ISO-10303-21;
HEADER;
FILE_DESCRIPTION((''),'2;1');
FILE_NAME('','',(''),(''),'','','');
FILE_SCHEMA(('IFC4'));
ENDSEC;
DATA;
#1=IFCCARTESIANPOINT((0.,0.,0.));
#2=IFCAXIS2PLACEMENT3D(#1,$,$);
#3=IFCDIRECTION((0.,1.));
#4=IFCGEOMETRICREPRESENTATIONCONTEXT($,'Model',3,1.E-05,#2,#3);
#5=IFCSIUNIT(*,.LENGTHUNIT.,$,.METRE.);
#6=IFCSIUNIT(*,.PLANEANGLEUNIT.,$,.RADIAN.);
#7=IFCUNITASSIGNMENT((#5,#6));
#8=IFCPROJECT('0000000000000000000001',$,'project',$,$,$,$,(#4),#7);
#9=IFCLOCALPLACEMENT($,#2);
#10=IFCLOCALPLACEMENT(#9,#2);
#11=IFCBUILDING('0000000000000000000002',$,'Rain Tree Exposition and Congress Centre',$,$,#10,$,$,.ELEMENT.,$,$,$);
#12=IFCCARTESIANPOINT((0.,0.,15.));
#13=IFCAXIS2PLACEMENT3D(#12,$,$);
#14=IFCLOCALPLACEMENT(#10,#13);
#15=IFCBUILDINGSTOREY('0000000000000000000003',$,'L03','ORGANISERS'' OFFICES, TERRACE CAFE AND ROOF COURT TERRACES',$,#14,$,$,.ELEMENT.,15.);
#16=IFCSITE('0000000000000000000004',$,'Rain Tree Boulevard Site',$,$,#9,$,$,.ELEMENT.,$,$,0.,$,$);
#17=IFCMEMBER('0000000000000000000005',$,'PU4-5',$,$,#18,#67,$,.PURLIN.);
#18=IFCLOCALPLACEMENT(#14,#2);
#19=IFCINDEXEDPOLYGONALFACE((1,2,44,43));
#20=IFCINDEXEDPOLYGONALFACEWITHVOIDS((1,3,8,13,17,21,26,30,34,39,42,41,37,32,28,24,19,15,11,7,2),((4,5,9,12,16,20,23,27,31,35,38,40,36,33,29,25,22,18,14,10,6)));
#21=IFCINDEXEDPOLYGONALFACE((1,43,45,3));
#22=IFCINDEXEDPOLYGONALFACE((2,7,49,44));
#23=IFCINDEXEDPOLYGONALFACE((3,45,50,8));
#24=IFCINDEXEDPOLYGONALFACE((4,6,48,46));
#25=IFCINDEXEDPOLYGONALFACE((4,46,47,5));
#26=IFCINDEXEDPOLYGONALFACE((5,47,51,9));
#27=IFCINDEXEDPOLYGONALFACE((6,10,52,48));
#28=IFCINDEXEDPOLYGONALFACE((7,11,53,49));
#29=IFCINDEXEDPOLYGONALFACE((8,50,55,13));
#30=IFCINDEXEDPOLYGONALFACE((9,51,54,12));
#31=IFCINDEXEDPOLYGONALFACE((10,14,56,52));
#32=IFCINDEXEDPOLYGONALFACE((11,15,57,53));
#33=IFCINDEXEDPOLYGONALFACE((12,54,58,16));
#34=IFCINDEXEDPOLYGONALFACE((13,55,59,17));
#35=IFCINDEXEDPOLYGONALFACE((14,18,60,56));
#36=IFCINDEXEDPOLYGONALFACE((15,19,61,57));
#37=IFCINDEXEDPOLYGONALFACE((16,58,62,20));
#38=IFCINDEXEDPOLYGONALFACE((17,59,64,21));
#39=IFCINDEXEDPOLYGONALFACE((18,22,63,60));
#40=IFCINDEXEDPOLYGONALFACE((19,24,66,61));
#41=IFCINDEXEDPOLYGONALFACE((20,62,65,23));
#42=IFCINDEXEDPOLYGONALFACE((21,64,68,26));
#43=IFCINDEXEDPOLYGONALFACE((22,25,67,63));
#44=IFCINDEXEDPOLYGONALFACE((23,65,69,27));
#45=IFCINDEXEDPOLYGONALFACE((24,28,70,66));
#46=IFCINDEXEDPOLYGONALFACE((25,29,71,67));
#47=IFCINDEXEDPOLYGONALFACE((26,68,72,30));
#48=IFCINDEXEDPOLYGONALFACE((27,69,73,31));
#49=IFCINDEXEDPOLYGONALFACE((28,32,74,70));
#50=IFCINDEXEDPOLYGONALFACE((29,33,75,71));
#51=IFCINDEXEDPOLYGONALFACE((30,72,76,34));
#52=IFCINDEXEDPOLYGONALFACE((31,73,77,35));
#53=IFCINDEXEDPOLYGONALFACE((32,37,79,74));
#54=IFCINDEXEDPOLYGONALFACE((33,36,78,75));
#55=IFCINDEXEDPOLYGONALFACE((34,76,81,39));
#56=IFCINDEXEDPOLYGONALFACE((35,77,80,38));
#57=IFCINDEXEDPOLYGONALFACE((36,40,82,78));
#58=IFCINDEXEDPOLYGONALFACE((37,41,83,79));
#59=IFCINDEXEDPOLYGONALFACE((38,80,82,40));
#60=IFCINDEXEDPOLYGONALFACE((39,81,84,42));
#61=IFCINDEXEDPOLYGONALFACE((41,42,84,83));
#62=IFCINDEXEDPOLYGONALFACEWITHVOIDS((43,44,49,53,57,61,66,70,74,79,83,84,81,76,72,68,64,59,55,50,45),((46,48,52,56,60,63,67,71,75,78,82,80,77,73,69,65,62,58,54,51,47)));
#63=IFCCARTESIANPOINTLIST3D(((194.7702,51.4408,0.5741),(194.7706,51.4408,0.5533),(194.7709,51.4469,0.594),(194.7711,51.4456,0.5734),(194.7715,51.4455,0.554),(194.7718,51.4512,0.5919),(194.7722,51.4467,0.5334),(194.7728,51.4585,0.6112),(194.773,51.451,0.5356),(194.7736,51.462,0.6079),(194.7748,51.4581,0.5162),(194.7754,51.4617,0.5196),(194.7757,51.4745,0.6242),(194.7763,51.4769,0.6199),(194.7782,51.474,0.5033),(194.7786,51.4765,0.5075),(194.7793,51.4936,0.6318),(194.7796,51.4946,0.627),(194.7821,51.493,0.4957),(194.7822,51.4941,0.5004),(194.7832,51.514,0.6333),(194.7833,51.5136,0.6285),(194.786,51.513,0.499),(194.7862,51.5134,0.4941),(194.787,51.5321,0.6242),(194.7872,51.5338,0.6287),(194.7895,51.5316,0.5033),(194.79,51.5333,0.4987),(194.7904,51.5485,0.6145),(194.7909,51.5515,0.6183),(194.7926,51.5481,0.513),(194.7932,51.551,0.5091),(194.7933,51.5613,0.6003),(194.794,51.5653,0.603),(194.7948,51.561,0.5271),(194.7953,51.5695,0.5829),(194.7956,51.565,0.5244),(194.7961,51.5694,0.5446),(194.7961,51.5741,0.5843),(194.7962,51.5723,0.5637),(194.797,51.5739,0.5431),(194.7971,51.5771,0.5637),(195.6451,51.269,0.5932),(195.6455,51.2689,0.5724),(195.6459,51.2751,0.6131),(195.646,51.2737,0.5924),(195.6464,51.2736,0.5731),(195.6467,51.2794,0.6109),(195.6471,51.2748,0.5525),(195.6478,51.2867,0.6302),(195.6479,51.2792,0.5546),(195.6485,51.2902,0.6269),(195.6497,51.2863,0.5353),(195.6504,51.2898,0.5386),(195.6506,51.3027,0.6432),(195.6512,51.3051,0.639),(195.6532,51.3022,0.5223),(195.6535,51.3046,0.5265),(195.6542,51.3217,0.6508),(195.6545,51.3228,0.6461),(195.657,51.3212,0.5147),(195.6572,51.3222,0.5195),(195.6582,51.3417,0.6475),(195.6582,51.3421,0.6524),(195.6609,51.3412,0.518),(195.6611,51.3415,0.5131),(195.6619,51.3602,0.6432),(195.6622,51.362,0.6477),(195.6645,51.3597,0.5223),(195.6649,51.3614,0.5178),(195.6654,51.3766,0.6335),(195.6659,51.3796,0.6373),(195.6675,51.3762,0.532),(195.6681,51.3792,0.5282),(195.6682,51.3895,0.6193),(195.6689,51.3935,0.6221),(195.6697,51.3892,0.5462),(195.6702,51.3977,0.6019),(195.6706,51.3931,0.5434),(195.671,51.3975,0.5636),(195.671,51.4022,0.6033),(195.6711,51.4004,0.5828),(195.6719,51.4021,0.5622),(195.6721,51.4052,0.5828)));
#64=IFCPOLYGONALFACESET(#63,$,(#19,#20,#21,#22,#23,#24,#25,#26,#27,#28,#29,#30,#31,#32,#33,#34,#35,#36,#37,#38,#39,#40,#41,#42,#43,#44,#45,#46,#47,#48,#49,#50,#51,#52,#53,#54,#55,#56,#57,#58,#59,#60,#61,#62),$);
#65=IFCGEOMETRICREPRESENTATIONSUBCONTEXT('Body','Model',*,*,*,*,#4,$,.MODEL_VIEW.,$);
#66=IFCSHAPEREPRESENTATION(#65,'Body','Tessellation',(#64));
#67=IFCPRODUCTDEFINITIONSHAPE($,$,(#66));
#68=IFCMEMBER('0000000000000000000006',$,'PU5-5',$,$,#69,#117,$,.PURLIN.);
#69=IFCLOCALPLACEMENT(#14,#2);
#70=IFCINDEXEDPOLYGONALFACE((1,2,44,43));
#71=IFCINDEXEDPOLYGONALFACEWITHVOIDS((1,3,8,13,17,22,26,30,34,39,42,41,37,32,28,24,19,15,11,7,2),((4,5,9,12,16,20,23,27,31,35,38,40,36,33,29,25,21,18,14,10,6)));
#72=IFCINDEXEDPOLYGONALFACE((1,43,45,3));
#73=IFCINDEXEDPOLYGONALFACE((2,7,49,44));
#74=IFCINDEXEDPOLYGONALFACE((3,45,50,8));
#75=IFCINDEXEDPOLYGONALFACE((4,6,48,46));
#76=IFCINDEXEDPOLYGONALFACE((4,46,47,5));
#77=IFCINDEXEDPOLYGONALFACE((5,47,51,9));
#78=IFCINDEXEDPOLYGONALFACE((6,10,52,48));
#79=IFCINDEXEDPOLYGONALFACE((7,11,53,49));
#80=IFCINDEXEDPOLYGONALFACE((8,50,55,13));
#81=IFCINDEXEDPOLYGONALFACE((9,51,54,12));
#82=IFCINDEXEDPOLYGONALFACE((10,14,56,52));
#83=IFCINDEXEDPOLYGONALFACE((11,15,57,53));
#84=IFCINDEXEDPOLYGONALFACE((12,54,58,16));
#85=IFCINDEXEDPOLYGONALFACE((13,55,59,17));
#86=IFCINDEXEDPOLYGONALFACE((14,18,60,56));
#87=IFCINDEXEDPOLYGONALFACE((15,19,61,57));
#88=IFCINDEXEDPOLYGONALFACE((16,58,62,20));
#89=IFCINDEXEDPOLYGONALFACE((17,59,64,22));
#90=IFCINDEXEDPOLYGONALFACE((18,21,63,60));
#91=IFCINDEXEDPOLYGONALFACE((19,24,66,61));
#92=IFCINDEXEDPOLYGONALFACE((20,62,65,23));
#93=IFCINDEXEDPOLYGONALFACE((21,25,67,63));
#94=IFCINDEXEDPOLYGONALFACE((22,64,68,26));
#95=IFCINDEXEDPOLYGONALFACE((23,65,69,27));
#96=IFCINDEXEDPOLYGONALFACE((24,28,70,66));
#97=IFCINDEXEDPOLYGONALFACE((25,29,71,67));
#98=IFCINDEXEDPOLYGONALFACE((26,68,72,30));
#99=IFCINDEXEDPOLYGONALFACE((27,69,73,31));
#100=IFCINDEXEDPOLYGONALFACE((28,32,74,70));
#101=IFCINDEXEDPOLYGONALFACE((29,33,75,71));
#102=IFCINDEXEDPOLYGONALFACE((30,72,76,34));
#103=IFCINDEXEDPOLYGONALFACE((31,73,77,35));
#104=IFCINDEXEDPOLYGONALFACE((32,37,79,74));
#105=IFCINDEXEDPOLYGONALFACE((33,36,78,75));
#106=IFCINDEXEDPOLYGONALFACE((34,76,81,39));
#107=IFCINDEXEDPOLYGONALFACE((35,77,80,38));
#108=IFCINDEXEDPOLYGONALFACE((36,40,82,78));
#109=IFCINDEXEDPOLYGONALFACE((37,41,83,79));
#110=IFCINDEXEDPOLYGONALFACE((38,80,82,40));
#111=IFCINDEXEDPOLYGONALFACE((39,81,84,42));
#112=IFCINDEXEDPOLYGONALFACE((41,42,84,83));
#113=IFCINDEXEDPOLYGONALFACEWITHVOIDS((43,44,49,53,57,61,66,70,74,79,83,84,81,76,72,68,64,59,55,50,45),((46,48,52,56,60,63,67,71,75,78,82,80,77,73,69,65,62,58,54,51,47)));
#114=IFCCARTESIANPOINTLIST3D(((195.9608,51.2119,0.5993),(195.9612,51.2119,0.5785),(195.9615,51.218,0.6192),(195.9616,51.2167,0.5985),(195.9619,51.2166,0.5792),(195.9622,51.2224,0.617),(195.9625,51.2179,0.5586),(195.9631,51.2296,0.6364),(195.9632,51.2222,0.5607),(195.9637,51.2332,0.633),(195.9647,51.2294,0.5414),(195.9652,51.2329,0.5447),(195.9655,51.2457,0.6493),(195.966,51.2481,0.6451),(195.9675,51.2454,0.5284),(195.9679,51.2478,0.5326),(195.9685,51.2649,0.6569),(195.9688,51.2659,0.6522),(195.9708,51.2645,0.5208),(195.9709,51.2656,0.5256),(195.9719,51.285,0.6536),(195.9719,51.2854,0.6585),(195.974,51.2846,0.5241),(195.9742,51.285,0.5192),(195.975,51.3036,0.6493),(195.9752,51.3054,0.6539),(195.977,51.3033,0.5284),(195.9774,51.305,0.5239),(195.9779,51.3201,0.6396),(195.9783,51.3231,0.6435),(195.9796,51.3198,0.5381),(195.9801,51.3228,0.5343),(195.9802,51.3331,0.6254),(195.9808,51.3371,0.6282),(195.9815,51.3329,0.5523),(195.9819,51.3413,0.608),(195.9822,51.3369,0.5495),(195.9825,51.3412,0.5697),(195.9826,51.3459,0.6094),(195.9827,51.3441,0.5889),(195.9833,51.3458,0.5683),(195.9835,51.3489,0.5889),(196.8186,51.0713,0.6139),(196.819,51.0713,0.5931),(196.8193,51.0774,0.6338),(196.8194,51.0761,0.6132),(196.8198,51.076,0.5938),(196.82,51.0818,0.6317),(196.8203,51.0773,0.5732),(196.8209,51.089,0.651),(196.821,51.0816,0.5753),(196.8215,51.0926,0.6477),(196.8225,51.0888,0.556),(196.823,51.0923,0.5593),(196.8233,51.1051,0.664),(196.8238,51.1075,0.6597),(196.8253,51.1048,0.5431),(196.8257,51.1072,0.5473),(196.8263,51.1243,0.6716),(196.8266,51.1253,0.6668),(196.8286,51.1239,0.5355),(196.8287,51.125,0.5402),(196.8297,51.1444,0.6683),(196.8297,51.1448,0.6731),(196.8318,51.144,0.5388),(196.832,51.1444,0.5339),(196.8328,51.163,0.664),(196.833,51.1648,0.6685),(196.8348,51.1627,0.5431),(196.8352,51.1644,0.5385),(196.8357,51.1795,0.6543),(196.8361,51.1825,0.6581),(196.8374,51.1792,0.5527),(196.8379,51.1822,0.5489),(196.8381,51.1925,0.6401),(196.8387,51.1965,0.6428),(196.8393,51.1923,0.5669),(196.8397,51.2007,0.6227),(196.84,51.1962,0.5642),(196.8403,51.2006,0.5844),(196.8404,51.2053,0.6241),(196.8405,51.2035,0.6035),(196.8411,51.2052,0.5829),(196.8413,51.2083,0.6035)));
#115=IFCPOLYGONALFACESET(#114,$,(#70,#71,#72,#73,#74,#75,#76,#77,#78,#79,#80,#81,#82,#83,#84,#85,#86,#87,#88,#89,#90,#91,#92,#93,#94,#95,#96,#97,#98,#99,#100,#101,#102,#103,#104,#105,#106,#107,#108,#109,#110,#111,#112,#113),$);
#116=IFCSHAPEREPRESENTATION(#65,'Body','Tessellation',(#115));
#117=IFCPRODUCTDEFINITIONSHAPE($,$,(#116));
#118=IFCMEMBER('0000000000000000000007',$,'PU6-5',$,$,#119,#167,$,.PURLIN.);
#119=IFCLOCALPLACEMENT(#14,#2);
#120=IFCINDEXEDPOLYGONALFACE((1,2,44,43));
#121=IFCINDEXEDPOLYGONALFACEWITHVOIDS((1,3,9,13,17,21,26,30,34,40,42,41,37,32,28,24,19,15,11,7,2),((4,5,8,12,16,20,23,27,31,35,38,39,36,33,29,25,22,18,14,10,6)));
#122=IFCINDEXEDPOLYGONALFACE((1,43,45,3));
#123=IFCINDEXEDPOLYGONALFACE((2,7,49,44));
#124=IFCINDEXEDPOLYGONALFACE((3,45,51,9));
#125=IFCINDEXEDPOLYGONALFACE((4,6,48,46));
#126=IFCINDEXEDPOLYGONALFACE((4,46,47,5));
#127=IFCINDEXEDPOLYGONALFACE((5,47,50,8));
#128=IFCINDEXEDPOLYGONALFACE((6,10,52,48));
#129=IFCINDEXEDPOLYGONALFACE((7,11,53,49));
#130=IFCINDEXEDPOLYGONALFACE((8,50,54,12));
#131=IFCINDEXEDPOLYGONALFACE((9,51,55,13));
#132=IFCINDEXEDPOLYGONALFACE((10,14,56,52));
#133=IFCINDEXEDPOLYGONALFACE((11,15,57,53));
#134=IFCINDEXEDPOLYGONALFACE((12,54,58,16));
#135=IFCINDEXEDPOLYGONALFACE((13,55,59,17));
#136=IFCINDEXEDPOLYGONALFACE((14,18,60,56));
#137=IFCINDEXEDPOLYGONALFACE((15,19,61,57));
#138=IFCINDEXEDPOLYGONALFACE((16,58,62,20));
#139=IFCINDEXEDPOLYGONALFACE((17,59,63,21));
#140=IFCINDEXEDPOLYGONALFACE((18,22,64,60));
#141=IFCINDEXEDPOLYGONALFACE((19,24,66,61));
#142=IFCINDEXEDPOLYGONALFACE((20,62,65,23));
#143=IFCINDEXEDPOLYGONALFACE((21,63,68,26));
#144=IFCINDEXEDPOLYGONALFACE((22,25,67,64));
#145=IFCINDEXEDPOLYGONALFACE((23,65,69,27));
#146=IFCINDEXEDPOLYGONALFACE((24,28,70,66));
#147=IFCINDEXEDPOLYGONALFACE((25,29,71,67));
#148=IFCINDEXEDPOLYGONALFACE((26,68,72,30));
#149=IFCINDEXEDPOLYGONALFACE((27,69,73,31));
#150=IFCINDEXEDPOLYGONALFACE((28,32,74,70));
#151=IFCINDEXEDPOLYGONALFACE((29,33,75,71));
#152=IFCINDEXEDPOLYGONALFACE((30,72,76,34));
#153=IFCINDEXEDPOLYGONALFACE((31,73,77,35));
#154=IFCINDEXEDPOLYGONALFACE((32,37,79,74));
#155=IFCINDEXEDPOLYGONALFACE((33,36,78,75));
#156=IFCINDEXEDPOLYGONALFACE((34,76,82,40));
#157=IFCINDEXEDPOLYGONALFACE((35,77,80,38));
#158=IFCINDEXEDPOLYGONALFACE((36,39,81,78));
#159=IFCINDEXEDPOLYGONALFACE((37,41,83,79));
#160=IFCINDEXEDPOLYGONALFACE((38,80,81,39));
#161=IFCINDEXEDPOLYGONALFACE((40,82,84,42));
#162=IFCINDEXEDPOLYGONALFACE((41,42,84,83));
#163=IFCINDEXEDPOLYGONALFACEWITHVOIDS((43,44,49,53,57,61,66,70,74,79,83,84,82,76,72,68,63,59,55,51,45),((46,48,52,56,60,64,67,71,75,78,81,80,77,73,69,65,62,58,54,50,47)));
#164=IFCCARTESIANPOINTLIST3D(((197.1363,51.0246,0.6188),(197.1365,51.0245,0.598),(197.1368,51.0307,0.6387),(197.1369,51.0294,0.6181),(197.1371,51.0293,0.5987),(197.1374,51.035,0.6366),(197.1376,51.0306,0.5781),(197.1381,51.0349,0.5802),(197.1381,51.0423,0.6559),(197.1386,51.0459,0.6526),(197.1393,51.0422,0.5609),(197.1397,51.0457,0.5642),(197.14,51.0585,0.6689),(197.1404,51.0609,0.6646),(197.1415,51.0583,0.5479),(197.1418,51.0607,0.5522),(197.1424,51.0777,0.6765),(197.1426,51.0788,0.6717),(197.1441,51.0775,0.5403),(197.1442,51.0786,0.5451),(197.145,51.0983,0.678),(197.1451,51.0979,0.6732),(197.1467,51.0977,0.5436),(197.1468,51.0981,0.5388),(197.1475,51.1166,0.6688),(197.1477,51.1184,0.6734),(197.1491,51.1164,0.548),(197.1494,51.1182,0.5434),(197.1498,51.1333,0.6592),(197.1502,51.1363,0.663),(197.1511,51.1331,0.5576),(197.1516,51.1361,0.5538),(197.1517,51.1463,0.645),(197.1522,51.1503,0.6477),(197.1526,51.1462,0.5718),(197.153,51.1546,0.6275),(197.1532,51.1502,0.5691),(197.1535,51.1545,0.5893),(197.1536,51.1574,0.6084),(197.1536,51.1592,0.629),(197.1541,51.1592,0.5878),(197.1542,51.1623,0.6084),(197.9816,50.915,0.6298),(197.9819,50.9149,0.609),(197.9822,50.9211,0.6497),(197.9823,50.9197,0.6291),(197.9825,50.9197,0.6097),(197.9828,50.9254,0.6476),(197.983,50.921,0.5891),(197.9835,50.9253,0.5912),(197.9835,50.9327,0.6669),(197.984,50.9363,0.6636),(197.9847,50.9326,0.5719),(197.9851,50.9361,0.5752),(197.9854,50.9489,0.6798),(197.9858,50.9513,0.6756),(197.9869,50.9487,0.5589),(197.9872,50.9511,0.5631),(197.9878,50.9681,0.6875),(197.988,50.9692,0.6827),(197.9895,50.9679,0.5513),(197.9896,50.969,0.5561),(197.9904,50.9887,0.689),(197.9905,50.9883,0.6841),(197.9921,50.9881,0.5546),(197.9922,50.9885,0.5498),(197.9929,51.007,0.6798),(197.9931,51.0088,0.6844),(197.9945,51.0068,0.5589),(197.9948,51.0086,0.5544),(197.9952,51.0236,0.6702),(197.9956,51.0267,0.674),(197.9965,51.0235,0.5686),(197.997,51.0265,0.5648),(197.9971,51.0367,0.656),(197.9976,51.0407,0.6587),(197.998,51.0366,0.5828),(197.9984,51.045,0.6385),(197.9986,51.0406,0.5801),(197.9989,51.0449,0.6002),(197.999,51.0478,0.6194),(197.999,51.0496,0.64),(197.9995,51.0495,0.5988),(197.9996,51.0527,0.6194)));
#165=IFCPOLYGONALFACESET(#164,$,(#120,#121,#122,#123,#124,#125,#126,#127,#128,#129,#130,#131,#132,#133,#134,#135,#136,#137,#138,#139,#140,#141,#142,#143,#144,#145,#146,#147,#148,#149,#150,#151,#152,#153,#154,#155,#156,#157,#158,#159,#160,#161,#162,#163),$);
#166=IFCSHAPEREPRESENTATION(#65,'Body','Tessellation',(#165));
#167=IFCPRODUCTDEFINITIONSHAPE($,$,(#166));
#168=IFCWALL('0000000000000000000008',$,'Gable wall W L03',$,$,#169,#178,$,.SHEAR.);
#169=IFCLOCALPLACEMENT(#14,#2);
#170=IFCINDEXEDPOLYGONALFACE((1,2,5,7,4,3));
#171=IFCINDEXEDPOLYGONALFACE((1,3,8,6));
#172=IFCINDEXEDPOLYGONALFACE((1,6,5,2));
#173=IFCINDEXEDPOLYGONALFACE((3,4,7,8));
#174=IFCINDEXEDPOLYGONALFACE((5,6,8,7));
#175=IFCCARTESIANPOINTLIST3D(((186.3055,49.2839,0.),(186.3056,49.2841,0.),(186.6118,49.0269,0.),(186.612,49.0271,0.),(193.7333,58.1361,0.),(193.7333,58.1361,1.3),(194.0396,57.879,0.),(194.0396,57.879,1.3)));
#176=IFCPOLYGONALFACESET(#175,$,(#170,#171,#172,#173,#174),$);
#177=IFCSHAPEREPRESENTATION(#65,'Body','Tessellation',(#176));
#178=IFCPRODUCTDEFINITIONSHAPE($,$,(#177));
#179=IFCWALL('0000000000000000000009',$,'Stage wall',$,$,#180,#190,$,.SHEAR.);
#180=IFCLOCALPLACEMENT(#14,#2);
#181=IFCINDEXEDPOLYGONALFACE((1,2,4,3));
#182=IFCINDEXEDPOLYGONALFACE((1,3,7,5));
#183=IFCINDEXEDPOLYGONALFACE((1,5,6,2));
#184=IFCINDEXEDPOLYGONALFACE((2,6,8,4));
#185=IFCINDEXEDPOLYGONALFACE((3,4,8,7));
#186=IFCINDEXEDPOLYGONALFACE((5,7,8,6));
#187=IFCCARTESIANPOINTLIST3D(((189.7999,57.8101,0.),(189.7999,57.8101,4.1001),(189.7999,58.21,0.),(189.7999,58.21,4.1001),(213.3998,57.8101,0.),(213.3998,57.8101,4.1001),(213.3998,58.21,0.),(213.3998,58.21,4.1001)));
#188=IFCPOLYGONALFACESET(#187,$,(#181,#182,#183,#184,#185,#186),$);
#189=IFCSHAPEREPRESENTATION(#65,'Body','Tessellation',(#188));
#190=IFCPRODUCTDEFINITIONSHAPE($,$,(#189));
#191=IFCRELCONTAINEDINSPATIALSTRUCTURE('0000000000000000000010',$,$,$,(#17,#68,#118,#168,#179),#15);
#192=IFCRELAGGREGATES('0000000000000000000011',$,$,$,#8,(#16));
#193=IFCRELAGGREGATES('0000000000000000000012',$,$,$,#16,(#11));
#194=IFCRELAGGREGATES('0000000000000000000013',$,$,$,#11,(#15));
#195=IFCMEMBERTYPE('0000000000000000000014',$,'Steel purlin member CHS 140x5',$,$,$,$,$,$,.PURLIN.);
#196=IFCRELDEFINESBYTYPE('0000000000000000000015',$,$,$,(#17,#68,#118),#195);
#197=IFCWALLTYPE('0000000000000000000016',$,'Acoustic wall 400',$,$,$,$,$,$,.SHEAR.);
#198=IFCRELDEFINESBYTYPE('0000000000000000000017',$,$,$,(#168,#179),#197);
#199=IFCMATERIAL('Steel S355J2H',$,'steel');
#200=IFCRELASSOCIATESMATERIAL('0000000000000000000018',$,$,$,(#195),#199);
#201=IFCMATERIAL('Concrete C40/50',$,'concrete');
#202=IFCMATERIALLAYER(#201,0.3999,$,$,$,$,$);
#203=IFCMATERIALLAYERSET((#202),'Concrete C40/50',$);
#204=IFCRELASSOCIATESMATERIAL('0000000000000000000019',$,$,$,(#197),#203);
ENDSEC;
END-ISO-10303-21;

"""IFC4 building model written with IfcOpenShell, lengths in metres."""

from ifc_helpers import new_model, si_unit, direction, frame, frame_2d, origin, origin_2d, place, context, subcontext, project, spatial, polyline, rectangle, hollow_circle, outline, extrude, material, layer, layer_set, material_profile, profile_set, type_object, element, save


model = new_model("IFC4")

# Units and contexts
model_context = context("Model", 3, precision=1e-05, world=origin(), true_north=direction((0.0, 1.0)))
body_context = subcontext(model_context, "Body", "Model", "MODEL_VIEW")
ifc_project = project(units=[si_unit("LENGTHUNIT", "METRE"), si_unit("PLANEANGLEUNIT", "RADIAN")], contexts=[model_context])

# Site, building, storey
site_placement = place(None, origin())
site = spatial("IfcSite", under=ifc_project, at=site_placement, Name="Rain Tree Boulevard Site", CompositionType="ELEMENT", RefElevation=0.0)
building_placement = place(site_placement, origin())
building = spatial("IfcBuilding", under=site, at=building_placement, Name="Rain Tree Exposition and Congress Centre", CompositionType="ELEMENT")
storey_placement = place(building_placement, frame((0.0, 0.0, 15.0)))
storey = spatial("IfcBuildingStorey", under=building, at=storey_placement, Name="L03", Description="ORGANISERS' OFFICES, TERRACE CAFE AND ROOF COURT TERRACES", CompositionType="ELEMENT", Elevation=15.0)

# Members
ifc_material_1 = material(Name="Steel S355J2H", Category="steel")
ifc_material_profile_1 = material_profile(ifc_material_1, hollow_circle(Radius=0.0698, WallThickness=0.0049, at=origin_2d()), Name="CHS 140x5")
ifc_profile_set_1 = profile_set([ifc_material_profile_1], Name="Steel S355J2H")
member_type_1 = type_object("IfcMemberType", Name="Steel purlin member CHS 140x5", PredefinedType="PURLIN", material=ifc_profile_set_1)
member_1_placement = place(storey_placement, frame((194.7837, 51.5085, 0.5637), z_axis=(0.981025, -0.192701, 0.02135), x_axis=(0.192745, 0.981249, 0.0)))
element("IfcMember", 1, at=member_1_placement, inside=storey, type_object=member_type_1, Name="PU4-5", PredefinedType="PURLIN", context=body_context, shape_type="SweptSolid", body=[
    extrude(hollow_circle(Radius=0.0698, WallThickness=0.0049, at=origin_2d()), origin(), (0.0, 0.0, 1.0), 0.8918),
])
member_2_placement = place(storey_placement, frame((195.9722, 51.28, 0.5889), z_axis=(0.986691, -0.161734, 0.016847), x_axis=(0.161757, 0.986831, 0.0)))
element("IfcMember", 2, at=member_2_placement, inside=storey, type_object=member_type_1, Name="PU5-5", PredefinedType="PURLIN", context=body_context, shape_type="SweptSolid", body=[
    extrude(hollow_circle(Radius=0.0698, WallThickness=0.0049, at=origin_2d()), origin(), (0.0, 0.0, 1.0), 0.8694),
])
member_3_placement = place(storey_placement, frame((197.1453, 51.093, 0.6084), z_axis=(0.991617, -0.128569, 0.012886), x_axis=(0.12858, 0.991699, 0.0)))
element("IfcMember", 3, at=member_3_placement, inside=storey, type_object=member_type_1, Name="PU6-5", PredefinedType="PURLIN", context=body_context, shape_type="SweptSolid", body=[
    extrude(hollow_circle(Radius=0.0698, WallThickness=0.0049, at=origin_2d()), origin(), (0.0, 0.0, 1.0), 0.8525),
])

# Walls
ifc_material_2 = material(Name="Concrete C40/50", Category="concrete")
ifc_layer_1 = layer(ifc_material_2, 0.3999)
ifc_layer_set_1 = layer_set([ifc_layer_1], Name="Concrete C40/50")
wall_type = type_object("IfcWallType", Name="Acoustic wall 400", PredefinedType="SHEAR", material=ifc_layer_set_1)
wall_1_placement = place(storey_placement, frame((193.8865, 58.0076, 0.0), z_axis=(0.0, 0.0, 1.0), x_axis=(-0.642787, -0.766045, 0.0)))
element("IfcWall", 4, at=wall_1_placement, inside=storey, type_object=wall_type, Name="Gable wall W L03", PredefinedType="SHEAR", context=body_context, shape_type="SweptSolid", body=[
    extrude(outline(polyline([(0.0, 0.0), (11.5554, 0.0), (11.5557, 0.0), (0.0, 1.3), (0.0, 0.0)])), frame((0.0, 0.2, 0.0), z_axis=(0.0, -1.0, 0.0), x_axis=(1.0, 0.0, 0.0)), (0.0, 0.0, 1.0), 0.3999),
])
wall_2_placement = place(storey_placement, frame((189.8, 58.01, 0.0), z_axis=(0.0, 0.0, 1.0), x_axis=(1.0, 0.0, 0.0)))
element("IfcWall", 5, at=wall_2_placement, inside=storey, type_object=wall_type, Name="Stage wall", PredefinedType="SHEAR", context=body_context, shape_type="SweptSolid", body=[
    extrude(rectangle(XDim=23.5999, YDim=0.3999, at=frame_2d((11.7998, 0.0))), origin(), (0.0, 0.0, 1.0), 4.1001),
])

save(model, "model.ifc")
